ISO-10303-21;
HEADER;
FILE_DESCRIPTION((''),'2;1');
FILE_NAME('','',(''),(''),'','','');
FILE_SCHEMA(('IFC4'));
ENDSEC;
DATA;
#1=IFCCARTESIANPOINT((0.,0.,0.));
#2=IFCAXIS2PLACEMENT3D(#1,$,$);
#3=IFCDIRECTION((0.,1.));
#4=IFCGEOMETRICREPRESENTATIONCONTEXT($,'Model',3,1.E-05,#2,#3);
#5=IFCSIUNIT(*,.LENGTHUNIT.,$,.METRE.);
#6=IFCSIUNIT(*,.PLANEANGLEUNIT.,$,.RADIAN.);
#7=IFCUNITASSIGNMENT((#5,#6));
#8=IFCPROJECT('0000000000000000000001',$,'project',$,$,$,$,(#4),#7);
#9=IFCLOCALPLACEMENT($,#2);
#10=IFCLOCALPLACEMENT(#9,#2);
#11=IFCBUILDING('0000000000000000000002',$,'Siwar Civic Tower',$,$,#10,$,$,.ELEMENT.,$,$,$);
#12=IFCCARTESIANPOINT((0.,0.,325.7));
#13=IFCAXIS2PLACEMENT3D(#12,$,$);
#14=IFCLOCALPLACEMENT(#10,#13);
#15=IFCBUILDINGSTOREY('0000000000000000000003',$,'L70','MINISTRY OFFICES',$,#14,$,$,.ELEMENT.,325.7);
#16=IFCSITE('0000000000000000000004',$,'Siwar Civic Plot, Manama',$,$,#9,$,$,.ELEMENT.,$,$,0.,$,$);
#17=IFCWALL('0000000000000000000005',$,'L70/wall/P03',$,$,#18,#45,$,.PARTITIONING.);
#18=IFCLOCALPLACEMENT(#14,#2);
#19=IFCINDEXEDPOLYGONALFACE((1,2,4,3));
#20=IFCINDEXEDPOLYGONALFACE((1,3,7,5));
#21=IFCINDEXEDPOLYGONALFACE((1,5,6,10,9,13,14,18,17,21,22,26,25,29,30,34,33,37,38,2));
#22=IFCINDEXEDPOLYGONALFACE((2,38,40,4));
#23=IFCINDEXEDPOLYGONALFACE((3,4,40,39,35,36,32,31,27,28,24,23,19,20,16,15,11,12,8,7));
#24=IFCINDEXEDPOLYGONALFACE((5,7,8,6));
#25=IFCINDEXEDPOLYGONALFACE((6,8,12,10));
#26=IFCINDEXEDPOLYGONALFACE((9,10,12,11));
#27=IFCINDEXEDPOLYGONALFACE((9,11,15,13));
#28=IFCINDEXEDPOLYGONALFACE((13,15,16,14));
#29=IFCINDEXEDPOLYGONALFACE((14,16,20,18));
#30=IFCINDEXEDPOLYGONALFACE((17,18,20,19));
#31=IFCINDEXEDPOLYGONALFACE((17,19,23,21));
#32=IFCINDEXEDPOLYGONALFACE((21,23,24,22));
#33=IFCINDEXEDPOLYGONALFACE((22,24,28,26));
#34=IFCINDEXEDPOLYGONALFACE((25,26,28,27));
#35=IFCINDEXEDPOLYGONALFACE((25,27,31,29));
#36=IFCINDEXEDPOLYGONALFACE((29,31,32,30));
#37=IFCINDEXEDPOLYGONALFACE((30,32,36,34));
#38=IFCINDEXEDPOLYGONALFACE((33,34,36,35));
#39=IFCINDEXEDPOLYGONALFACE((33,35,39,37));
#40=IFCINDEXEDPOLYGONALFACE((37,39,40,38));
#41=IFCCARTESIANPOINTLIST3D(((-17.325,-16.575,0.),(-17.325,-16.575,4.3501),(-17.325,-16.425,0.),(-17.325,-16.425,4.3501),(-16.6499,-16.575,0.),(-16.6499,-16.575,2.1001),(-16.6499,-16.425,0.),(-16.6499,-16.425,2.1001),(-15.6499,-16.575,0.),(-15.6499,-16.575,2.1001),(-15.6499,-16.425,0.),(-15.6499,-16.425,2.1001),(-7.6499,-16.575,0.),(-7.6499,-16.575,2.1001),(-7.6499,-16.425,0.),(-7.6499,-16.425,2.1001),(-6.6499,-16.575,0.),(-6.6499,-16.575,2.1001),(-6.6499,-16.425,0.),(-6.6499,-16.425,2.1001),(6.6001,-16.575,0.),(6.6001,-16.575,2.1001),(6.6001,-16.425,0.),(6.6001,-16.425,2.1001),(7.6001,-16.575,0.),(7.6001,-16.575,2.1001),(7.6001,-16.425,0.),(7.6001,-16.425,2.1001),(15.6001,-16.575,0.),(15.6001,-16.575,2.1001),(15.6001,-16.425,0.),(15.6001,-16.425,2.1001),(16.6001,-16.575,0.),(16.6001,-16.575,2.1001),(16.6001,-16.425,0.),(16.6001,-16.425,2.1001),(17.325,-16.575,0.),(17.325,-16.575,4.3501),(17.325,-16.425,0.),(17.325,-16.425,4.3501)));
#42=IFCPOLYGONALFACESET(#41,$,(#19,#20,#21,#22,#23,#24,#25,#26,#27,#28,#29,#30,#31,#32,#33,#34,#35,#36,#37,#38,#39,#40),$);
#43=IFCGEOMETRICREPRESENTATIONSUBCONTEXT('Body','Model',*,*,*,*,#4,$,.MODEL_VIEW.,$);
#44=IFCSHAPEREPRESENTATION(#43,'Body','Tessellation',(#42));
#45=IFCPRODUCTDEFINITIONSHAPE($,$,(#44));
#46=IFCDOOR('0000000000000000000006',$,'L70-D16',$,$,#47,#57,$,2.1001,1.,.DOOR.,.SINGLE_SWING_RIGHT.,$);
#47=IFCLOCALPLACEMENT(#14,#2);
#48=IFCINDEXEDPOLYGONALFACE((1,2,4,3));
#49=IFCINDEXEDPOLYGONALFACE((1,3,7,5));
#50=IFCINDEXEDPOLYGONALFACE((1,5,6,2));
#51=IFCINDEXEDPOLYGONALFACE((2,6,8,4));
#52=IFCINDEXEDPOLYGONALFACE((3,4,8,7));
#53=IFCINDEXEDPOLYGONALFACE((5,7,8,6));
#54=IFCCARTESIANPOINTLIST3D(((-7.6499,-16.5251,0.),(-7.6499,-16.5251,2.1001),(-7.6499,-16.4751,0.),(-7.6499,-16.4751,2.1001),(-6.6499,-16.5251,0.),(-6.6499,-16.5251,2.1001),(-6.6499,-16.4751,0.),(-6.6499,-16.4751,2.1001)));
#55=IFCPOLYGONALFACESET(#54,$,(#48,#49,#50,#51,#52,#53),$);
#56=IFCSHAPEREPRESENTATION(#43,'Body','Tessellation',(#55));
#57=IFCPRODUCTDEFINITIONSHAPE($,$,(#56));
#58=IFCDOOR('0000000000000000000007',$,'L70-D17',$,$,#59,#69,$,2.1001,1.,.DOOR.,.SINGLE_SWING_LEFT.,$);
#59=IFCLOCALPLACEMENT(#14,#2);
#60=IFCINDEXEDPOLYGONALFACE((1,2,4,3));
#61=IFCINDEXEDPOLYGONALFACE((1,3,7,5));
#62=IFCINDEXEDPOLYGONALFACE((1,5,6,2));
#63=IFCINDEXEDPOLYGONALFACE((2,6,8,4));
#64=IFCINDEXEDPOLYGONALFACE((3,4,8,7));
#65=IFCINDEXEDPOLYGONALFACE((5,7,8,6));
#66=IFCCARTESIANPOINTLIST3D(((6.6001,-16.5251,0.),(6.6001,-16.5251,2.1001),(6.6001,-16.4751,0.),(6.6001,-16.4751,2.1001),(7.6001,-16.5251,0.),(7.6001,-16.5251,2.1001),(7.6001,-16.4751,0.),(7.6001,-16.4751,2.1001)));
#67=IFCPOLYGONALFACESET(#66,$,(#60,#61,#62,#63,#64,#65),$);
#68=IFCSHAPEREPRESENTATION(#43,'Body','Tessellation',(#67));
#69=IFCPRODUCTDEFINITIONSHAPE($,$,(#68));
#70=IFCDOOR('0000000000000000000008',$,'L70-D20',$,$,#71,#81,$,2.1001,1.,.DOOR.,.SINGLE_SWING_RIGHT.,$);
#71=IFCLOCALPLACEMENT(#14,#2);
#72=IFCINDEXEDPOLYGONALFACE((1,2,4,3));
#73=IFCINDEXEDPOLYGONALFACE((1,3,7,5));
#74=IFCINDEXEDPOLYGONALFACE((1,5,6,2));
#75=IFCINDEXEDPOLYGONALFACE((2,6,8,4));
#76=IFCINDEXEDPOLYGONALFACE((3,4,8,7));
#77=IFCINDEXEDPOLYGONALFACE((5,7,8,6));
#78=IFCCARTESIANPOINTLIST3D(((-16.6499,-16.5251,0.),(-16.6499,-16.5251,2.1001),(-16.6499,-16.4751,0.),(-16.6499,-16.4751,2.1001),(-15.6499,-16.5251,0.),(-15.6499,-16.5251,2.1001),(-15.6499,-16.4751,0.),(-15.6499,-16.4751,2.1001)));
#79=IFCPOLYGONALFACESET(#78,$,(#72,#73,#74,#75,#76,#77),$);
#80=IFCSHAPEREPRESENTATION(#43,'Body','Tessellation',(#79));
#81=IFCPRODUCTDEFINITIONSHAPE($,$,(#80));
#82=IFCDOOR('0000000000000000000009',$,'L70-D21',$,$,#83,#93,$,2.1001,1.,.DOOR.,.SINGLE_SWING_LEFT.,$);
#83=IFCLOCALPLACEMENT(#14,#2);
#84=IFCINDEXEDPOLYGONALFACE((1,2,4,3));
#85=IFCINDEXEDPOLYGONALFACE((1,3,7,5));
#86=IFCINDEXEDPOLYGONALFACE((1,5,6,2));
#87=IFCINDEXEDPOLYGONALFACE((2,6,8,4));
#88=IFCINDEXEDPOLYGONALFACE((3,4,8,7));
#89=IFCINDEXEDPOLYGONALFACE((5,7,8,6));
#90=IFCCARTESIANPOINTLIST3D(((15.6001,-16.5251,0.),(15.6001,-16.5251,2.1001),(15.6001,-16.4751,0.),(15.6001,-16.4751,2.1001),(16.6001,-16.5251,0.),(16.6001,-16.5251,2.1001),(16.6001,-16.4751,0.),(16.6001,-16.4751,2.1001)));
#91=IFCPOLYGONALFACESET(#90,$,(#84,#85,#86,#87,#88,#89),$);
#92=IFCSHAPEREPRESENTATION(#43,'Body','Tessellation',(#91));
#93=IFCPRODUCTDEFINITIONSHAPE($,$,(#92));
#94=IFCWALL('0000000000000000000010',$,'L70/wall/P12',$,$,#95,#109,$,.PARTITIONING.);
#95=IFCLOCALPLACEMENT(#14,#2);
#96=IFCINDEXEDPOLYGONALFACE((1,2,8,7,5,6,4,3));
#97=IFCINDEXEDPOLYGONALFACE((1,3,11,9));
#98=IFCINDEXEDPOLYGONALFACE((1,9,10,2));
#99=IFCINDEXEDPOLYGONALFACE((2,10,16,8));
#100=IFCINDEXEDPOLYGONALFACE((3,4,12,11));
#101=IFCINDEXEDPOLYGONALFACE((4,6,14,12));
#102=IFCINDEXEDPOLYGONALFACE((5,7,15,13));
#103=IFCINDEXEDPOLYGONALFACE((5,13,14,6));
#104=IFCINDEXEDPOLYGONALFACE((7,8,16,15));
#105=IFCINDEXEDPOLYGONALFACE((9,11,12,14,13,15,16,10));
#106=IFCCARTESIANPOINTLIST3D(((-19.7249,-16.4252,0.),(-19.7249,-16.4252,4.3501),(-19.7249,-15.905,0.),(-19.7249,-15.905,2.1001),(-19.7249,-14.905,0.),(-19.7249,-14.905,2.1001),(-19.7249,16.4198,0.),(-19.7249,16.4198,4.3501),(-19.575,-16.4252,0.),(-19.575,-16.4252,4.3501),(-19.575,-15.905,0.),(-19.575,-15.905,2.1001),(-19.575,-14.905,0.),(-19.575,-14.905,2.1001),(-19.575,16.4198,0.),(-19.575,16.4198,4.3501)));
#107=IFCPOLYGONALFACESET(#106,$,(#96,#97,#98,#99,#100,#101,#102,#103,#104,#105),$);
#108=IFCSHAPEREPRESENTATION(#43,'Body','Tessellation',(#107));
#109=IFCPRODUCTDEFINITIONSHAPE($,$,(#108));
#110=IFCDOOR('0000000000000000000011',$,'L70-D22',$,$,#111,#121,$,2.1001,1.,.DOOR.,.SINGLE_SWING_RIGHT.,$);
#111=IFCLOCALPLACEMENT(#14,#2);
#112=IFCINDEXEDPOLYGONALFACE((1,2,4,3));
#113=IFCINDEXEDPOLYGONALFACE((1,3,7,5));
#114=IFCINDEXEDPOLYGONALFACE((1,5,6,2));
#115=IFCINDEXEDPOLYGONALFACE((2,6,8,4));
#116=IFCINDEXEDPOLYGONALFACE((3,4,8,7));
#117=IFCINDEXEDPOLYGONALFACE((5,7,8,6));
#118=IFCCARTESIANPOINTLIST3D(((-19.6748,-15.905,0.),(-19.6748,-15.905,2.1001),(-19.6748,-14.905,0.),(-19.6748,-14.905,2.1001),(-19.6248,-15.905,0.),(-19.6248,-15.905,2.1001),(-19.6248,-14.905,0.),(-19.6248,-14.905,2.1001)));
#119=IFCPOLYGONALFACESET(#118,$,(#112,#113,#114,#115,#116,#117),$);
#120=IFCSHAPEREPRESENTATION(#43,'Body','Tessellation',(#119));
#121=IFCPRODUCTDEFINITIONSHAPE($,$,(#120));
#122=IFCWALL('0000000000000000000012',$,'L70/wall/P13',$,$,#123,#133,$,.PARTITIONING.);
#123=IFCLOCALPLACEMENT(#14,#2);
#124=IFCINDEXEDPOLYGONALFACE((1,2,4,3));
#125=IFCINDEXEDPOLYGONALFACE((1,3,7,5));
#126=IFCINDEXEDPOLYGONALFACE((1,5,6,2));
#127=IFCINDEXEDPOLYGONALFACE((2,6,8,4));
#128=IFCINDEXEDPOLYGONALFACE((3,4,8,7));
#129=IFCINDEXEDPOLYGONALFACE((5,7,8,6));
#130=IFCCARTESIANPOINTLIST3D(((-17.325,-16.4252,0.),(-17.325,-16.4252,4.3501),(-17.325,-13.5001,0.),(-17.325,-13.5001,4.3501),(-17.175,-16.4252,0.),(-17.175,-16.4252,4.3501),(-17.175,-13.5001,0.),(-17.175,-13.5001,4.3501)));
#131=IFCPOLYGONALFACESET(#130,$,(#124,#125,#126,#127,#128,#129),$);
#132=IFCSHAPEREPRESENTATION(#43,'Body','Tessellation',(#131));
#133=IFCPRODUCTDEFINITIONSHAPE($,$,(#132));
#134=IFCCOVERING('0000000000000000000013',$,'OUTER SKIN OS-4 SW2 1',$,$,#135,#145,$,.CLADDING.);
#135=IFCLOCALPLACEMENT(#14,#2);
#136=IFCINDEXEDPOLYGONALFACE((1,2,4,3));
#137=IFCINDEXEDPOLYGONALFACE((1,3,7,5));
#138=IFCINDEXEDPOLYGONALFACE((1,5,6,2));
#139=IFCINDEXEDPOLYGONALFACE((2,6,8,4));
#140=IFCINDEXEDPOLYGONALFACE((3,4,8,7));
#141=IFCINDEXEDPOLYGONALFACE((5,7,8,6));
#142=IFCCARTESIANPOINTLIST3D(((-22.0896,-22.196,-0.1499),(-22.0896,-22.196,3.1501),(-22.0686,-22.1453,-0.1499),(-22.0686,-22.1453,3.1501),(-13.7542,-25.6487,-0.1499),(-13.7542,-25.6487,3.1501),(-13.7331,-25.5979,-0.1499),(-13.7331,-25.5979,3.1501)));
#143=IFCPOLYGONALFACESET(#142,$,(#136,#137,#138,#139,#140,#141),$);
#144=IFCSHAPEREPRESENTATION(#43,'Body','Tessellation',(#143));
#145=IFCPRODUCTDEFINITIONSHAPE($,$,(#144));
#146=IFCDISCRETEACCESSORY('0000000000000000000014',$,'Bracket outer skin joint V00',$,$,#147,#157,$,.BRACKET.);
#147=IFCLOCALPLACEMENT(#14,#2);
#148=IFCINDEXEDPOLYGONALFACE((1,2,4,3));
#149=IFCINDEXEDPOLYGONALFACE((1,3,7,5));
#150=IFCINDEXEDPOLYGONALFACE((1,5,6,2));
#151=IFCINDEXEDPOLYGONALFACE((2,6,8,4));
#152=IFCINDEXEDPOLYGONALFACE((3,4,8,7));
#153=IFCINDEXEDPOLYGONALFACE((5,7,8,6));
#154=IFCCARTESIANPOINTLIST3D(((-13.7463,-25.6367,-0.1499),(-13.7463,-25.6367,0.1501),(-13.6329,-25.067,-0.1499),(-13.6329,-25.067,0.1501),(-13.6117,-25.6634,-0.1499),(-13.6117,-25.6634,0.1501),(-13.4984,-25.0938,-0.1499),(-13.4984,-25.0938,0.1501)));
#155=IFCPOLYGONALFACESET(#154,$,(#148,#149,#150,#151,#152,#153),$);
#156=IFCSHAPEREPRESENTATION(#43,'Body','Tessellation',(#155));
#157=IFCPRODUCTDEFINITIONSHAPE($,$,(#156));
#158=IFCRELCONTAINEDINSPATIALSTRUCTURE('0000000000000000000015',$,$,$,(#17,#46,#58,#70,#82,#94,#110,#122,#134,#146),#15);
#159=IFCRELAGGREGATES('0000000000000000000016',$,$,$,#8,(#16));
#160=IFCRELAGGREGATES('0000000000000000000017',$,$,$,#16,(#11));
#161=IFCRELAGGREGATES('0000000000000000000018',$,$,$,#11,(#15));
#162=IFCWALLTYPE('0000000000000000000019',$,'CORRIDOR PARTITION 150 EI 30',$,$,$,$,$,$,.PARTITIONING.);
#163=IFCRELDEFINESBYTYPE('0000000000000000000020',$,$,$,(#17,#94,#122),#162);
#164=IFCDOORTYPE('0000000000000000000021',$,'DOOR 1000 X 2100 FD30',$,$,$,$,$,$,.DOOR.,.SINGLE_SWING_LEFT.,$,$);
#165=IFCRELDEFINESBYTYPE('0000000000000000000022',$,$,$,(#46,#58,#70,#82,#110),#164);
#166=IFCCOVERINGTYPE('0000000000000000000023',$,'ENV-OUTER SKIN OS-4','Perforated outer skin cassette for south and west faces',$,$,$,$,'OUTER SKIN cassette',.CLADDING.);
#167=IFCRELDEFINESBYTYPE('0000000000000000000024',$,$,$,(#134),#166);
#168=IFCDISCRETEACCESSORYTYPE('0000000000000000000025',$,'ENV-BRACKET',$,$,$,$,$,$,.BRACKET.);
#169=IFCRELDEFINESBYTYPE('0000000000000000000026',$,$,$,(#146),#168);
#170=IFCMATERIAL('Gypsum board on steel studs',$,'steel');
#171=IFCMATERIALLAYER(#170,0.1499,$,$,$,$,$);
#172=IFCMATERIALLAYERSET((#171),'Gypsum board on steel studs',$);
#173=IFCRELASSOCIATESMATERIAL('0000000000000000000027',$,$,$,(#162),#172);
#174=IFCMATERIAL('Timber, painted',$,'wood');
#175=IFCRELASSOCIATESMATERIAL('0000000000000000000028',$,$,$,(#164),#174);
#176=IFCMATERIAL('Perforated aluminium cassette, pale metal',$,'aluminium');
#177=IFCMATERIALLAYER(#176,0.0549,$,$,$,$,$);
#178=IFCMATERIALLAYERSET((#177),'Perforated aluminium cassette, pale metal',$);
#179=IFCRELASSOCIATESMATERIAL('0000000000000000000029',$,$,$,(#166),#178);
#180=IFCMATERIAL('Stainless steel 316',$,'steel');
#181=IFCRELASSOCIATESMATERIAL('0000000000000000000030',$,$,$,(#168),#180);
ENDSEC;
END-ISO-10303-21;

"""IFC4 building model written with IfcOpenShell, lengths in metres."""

from ifc_helpers import new_model, si_unit, direction, frame, frame_2d, origin, origin_2d, place, context, subcontext, project, spatial, rectangle, extrude, material, layer, layer_set, type_object, element, fill, save


model = new_model("IFC4")

# Units and contexts
model_context = context("Model", 3, precision=1e-05, world=origin(), true_north=direction((0.0, 1.0)))
body_context = subcontext(model_context, "Body", "Model", "MODEL_VIEW")
ifc_project = project(units=[si_unit("LENGTHUNIT", "METRE"), si_unit("PLANEANGLEUNIT", "RADIAN")], contexts=[model_context])

# Site, building, storey
site_placement = place(None, origin())
site = spatial("IfcSite", under=ifc_project, at=site_placement, Name="Siwar Civic Plot, Manama", CompositionType="ELEMENT", RefElevation=0.0)
building_placement = place(site_placement, origin())
building = spatial("IfcBuilding", under=site, at=building_placement, Name="Siwar Civic Tower", CompositionType="ELEMENT")
storey_placement = place(building_placement, frame((0.0, 0.0, 325.7)))
storey = spatial("IfcBuildingStorey", under=building, at=storey_placement, Name="L70", Description="MINISTRY OFFICES", CompositionType="ELEMENT", Elevation=325.7)

# Wall, openings, doors
ifc_material_1 = material(Name="Gypsum board on steel studs", Category="steel")
ifc_layer_1 = layer(ifc_material_1, 0.1499)
ifc_layer_set_1 = layer_set([ifc_layer_1], Name="Gypsum board on steel studs")
wall_type = type_object("IfcWallType", Name="CORRIDOR PARTITION 150 EI 30", PredefinedType="PARTITIONING", material=ifc_layer_set_1)
ifc_material_2 = material(Name="Timber, painted", Category="wood")
door_type = type_object("IfcDoorType", Name="DOOR 1000 X 2100 FD30", OperationType="SINGLE_SWING_LEFT", PredefinedType="DOOR", material=ifc_material_2)
wall_1_placement = place(storey_placement, frame((-17.325, -16.5, 0.0), z_axis=(0.0, 0.0, 1.0), x_axis=(1.0, 0.0, 0.0)))
wall_1 = element("IfcWall", 1, at=wall_1_placement, inside=storey, type_object=wall_type, Name="L70/wall/P03", PredefinedType="PARTITIONING", context=body_context, shape_type="SweptSolid", body=[
    extrude(rectangle(XDim=34.6499, YDim=0.1499, at=frame_2d((17.325, 0.0))), origin(), (0.0, 0.0, 1.0), 4.3501),
])
opening_1_placement = place(wall_1_placement, frame((9.675, 0.0, 0.0)))
opening_1 = element("IfcOpeningElement", 2, at=opening_1_placement, cuts=wall_1, PredefinedType="OPENING", context=body_context, shape_type="SweptSolid", body=[
    extrude(rectangle(XDim=1.0, YDim=2.1001, at=frame_2d((0.5, 1.05))), frame((0.0, 0.085, 0.0), z_axis=(0.0, -1.0, 0.0), x_axis=(1.0, 0.0, 0.0)), (0.0, 0.0, 1.0), 0.1699),
])
opening_2_placement = place(wall_1_placement, frame((23.925, 0.0, 0.0)))
opening_2 = element("IfcOpeningElement", 3, at=opening_2_placement, cuts=wall_1, PredefinedType="OPENING", context=body_context, shape_type="SweptSolid", body=[
    extrude(rectangle(XDim=1.0, YDim=2.1001, at=frame_2d((0.5, 1.05))), frame((0.0, 0.085, 0.0), z_axis=(0.0, -1.0, 0.0), x_axis=(1.0, 0.0, 0.0)), (0.0, 0.0, 1.0), 0.1699),
])
opening_3_placement = place(wall_1_placement, frame((0.675, 0.0, 0.0)))
opening_3 = element("IfcOpeningElement", 4, at=opening_3_placement, cuts=wall_1, PredefinedType="OPENING", context=body_context, shape_type="SweptSolid", body=[
    extrude(rectangle(XDim=1.0, YDim=2.1001, at=frame_2d((0.5, 1.05))), frame((0.0, 0.085, 0.0), z_axis=(0.0, -1.0, 0.0), x_axis=(1.0, 0.0, 0.0)), (0.0, 0.0, 1.0), 0.1699),
])
opening_4_placement = place(wall_1_placement, frame((32.925, 0.0, 0.0)))
opening_4 = element("IfcOpeningElement", 5, at=opening_4_placement, cuts=wall_1, PredefinedType="OPENING", context=body_context, shape_type="SweptSolid", body=[
    extrude(rectangle(XDim=1.0, YDim=2.1001, at=frame_2d((0.5, 1.05))), frame((0.0, 0.085, 0.0), z_axis=(0.0, -1.0, 0.0), x_axis=(1.0, 0.0, 0.0)), (0.0, 0.0, 1.0), 0.1699),
])
door_1_placement = place(opening_1_placement, origin())
door_1 = element("IfcDoor", 6, at=door_1_placement, inside=storey, type_object=door_type, Name="L70-D16", OperationType="SINGLE_SWING_RIGHT", OverallHeight=2.1001, OverallWidth=1.0, PredefinedType="DOOR", context=body_context, shape_type="SweptSolid", body=[
    extrude(rectangle(XDim=1.0, YDim=2.1001, at=frame_2d((0.5, 1.05))), frame((0.0, 0.0249, 0.0), z_axis=(0.0, -1.0, 0.0), x_axis=(1.0, 0.0, 0.0)), (0.0, 0.0, 1.0), 0.05),
])
fill(opening_1, door_1)
door_2_placement = place(opening_2_placement, origin())
door_2 = element("IfcDoor", 7, at=door_2_placement, inside=storey, type_object=door_type, Name="L70-D17", OperationType="SINGLE_SWING_LEFT", OverallHeight=2.1001, OverallWidth=1.0, PredefinedType="DOOR", context=body_context, shape_type="SweptSolid", body=[
    extrude(rectangle(XDim=1.0, YDim=2.1001, at=frame_2d((0.5, 1.05))), frame((0.0, 0.0249, 0.0), z_axis=(0.0, -1.0, 0.0), x_axis=(1.0, 0.0, 0.0)), (0.0, 0.0, 1.0), 0.05),
])
fill(opening_2, door_2)
door_3_placement = place(opening_3_placement, origin())
door_3 = element("IfcDoor", 8, at=door_3_placement, inside=storey, type_object=door_type, Name="L70-D20", OperationType="SINGLE_SWING_RIGHT", OverallHeight=2.1001, OverallWidth=1.0, PredefinedType="DOOR", context=body_context, shape_type="SweptSolid", body=[
    extrude(rectangle(XDim=1.0, YDim=2.1001, at=frame_2d((0.5, 1.05))), frame((0.0, 0.0249, 0.0), z_axis=(0.0, -1.0, 0.0), x_axis=(1.0, 0.0, 0.0)), (0.0, 0.0, 1.0), 0.05),
])
fill(opening_3, door_3)
door_4_placement = place(opening_4_placement, origin())
door_4 = element("IfcDoor", 9, at=door_4_placement, inside=storey, type_object=door_type, Name="L70-D21", OperationType="SINGLE_SWING_LEFT", OverallHeight=2.1001, OverallWidth=1.0, PredefinedType="DOOR", context=body_context, shape_type="SweptSolid", body=[
    extrude(rectangle(XDim=1.0, YDim=2.1001, at=frame_2d((0.5, 1.05))), frame((0.0, 0.0249, 0.0), z_axis=(0.0, -1.0, 0.0), x_axis=(1.0, 0.0, 0.0)), (0.0, 0.0, 1.0), 0.05),
])
fill(opening_4, door_4)

# Wall, opening, door
wall_2_placement = place(storey_placement, frame((-19.6499, -16.425, 0.0), z_axis=(0.0, 0.0, 1.0), x_axis=(0.0, 1.0, 0.0)))
wall_2 = element("IfcWall", 10, at=wall_2_placement, inside=storey, type_object=wall_type, Name="L70/wall/P12", PredefinedType="PARTITIONING", context=body_context, shape_type="SweptSolid", body=[
    extrude(rectangle(XDim=32.845, YDim=0.1499, at=frame_2d((16.4224, 0.0))), origin(), (0.0, 0.0, 1.0), 4.3501),
])
opening_5_placement = place(wall_2_placement, frame((0.52, 0.0, 0.0)))
opening_5 = element("IfcOpeningElement", 11, at=opening_5_placement, cuts=wall_2, PredefinedType="OPENING", context=body_context, shape_type="SweptSolid", body=[
    extrude(rectangle(XDim=1.0, YDim=2.1001, at=frame_2d((0.5, 1.05))), frame((0.0, 0.085, 0.0), z_axis=(0.0, -1.0, 0.0), x_axis=(1.0, 0.0, 0.0)), (0.0, 0.0, 1.0), 0.1699),
])
door_5_placement = place(opening_5_placement, origin())
door_5 = element("IfcDoor", 12, at=door_5_placement, inside=storey, type_object=door_type, Name="L70-D22", OperationType="SINGLE_SWING_RIGHT", OverallHeight=2.1001, OverallWidth=1.0, PredefinedType="DOOR", context=body_context, shape_type="SweptSolid", body=[
    extrude(rectangle(XDim=1.0, YDim=2.1001, at=frame_2d((0.5, 1.05))), frame((0.0, 0.0249, 0.0), z_axis=(0.0, -1.0, 0.0), x_axis=(1.0, 0.0, 0.0)), (0.0, 0.0, 1.0), 0.05),
])
fill(opening_5, door_5)

# Wall
wall_3_placement = place(storey_placement, frame((-17.25, -16.425, 0.0), z_axis=(0.0, 0.0, 1.0), x_axis=(0.0, 1.0, 0.0)))
element("IfcWall", 13, at=wall_3_placement, inside=storey, type_object=wall_type, Name="L70/wall/P13", PredefinedType="PARTITIONING", context=body_context, shape_type="SweptSolid", body=[
    extrude(rectangle(XDim=2.925, YDim=0.1499, at=frame_2d((1.4624, 0.0))), origin(), (0.0, 0.0, 1.0), 4.3501),
])

# Covering
ifc_material_3 = material(Name="Perforated aluminium cassette, pale metal", Category="aluminium")
ifc_layer_2 = layer(ifc_material_3, 0.0549)
ifc_layer_set_2 = layer_set([ifc_layer_2], Name="Perforated aluminium cassette, pale metal")
covering_type = type_object("IfcCoveringType", Name="ENV-OUTER SKIN OS-4", Description="Perforated outer skin cassette for south and west faces", ElementType="OUTER SKIN cassette", PredefinedType="CLADDING", material=ifc_layer_set_2)
covering_placement = place(storey_placement, frame((-17.9114, -23.897, -0.1499), z_axis=(0.0, 0.0, 1.0), x_axis=(0.92388, -0.382683, 0.0)))
element("IfcCovering", 14, at=covering_placement, inside=storey, type_object=covering_type, Name="OUTER SKIN OS-4 SW2 1", PredefinedType="CLADDING", context=body_context, shape_type="SweptSolid", body=[
    extrude(rectangle(XDim=9.0222, YDim=0.0549, at=origin_2d()), origin(), (0.0, 0.0, 1.0), 3.3),
])

# Discrete accessory
ifc_material_4 = material(Name="Stainless steel 316", Category="steel")
discrete_accessory_type = type_object("IfcDiscreteAccessoryType", Name="ENV-BRACKET", PredefinedType="BRACKET", material=ifc_material_4)
discrete_accessory_placement = place(storey_placement, frame((-13.6223, -25.3652, -0.1499), z_axis=(0.0, 0.0, 1.0), x_axis=(-0.19509, -0.980785, 0.0)))
element("IfcDiscreteAccessory", 15, at=discrete_accessory_placement, inside=storey, type_object=discrete_accessory_type, Name="Bracket outer skin joint V00", PredefinedType="BRACKET", context=body_context, shape_type="SweptSolid", body=[
    extrude(rectangle(XDim=0.5808, YDim=0.1372, at=origin_2d()), origin(), (0.0, 0.0, 1.0), 0.3),
])

save(model, "model.ifc")
